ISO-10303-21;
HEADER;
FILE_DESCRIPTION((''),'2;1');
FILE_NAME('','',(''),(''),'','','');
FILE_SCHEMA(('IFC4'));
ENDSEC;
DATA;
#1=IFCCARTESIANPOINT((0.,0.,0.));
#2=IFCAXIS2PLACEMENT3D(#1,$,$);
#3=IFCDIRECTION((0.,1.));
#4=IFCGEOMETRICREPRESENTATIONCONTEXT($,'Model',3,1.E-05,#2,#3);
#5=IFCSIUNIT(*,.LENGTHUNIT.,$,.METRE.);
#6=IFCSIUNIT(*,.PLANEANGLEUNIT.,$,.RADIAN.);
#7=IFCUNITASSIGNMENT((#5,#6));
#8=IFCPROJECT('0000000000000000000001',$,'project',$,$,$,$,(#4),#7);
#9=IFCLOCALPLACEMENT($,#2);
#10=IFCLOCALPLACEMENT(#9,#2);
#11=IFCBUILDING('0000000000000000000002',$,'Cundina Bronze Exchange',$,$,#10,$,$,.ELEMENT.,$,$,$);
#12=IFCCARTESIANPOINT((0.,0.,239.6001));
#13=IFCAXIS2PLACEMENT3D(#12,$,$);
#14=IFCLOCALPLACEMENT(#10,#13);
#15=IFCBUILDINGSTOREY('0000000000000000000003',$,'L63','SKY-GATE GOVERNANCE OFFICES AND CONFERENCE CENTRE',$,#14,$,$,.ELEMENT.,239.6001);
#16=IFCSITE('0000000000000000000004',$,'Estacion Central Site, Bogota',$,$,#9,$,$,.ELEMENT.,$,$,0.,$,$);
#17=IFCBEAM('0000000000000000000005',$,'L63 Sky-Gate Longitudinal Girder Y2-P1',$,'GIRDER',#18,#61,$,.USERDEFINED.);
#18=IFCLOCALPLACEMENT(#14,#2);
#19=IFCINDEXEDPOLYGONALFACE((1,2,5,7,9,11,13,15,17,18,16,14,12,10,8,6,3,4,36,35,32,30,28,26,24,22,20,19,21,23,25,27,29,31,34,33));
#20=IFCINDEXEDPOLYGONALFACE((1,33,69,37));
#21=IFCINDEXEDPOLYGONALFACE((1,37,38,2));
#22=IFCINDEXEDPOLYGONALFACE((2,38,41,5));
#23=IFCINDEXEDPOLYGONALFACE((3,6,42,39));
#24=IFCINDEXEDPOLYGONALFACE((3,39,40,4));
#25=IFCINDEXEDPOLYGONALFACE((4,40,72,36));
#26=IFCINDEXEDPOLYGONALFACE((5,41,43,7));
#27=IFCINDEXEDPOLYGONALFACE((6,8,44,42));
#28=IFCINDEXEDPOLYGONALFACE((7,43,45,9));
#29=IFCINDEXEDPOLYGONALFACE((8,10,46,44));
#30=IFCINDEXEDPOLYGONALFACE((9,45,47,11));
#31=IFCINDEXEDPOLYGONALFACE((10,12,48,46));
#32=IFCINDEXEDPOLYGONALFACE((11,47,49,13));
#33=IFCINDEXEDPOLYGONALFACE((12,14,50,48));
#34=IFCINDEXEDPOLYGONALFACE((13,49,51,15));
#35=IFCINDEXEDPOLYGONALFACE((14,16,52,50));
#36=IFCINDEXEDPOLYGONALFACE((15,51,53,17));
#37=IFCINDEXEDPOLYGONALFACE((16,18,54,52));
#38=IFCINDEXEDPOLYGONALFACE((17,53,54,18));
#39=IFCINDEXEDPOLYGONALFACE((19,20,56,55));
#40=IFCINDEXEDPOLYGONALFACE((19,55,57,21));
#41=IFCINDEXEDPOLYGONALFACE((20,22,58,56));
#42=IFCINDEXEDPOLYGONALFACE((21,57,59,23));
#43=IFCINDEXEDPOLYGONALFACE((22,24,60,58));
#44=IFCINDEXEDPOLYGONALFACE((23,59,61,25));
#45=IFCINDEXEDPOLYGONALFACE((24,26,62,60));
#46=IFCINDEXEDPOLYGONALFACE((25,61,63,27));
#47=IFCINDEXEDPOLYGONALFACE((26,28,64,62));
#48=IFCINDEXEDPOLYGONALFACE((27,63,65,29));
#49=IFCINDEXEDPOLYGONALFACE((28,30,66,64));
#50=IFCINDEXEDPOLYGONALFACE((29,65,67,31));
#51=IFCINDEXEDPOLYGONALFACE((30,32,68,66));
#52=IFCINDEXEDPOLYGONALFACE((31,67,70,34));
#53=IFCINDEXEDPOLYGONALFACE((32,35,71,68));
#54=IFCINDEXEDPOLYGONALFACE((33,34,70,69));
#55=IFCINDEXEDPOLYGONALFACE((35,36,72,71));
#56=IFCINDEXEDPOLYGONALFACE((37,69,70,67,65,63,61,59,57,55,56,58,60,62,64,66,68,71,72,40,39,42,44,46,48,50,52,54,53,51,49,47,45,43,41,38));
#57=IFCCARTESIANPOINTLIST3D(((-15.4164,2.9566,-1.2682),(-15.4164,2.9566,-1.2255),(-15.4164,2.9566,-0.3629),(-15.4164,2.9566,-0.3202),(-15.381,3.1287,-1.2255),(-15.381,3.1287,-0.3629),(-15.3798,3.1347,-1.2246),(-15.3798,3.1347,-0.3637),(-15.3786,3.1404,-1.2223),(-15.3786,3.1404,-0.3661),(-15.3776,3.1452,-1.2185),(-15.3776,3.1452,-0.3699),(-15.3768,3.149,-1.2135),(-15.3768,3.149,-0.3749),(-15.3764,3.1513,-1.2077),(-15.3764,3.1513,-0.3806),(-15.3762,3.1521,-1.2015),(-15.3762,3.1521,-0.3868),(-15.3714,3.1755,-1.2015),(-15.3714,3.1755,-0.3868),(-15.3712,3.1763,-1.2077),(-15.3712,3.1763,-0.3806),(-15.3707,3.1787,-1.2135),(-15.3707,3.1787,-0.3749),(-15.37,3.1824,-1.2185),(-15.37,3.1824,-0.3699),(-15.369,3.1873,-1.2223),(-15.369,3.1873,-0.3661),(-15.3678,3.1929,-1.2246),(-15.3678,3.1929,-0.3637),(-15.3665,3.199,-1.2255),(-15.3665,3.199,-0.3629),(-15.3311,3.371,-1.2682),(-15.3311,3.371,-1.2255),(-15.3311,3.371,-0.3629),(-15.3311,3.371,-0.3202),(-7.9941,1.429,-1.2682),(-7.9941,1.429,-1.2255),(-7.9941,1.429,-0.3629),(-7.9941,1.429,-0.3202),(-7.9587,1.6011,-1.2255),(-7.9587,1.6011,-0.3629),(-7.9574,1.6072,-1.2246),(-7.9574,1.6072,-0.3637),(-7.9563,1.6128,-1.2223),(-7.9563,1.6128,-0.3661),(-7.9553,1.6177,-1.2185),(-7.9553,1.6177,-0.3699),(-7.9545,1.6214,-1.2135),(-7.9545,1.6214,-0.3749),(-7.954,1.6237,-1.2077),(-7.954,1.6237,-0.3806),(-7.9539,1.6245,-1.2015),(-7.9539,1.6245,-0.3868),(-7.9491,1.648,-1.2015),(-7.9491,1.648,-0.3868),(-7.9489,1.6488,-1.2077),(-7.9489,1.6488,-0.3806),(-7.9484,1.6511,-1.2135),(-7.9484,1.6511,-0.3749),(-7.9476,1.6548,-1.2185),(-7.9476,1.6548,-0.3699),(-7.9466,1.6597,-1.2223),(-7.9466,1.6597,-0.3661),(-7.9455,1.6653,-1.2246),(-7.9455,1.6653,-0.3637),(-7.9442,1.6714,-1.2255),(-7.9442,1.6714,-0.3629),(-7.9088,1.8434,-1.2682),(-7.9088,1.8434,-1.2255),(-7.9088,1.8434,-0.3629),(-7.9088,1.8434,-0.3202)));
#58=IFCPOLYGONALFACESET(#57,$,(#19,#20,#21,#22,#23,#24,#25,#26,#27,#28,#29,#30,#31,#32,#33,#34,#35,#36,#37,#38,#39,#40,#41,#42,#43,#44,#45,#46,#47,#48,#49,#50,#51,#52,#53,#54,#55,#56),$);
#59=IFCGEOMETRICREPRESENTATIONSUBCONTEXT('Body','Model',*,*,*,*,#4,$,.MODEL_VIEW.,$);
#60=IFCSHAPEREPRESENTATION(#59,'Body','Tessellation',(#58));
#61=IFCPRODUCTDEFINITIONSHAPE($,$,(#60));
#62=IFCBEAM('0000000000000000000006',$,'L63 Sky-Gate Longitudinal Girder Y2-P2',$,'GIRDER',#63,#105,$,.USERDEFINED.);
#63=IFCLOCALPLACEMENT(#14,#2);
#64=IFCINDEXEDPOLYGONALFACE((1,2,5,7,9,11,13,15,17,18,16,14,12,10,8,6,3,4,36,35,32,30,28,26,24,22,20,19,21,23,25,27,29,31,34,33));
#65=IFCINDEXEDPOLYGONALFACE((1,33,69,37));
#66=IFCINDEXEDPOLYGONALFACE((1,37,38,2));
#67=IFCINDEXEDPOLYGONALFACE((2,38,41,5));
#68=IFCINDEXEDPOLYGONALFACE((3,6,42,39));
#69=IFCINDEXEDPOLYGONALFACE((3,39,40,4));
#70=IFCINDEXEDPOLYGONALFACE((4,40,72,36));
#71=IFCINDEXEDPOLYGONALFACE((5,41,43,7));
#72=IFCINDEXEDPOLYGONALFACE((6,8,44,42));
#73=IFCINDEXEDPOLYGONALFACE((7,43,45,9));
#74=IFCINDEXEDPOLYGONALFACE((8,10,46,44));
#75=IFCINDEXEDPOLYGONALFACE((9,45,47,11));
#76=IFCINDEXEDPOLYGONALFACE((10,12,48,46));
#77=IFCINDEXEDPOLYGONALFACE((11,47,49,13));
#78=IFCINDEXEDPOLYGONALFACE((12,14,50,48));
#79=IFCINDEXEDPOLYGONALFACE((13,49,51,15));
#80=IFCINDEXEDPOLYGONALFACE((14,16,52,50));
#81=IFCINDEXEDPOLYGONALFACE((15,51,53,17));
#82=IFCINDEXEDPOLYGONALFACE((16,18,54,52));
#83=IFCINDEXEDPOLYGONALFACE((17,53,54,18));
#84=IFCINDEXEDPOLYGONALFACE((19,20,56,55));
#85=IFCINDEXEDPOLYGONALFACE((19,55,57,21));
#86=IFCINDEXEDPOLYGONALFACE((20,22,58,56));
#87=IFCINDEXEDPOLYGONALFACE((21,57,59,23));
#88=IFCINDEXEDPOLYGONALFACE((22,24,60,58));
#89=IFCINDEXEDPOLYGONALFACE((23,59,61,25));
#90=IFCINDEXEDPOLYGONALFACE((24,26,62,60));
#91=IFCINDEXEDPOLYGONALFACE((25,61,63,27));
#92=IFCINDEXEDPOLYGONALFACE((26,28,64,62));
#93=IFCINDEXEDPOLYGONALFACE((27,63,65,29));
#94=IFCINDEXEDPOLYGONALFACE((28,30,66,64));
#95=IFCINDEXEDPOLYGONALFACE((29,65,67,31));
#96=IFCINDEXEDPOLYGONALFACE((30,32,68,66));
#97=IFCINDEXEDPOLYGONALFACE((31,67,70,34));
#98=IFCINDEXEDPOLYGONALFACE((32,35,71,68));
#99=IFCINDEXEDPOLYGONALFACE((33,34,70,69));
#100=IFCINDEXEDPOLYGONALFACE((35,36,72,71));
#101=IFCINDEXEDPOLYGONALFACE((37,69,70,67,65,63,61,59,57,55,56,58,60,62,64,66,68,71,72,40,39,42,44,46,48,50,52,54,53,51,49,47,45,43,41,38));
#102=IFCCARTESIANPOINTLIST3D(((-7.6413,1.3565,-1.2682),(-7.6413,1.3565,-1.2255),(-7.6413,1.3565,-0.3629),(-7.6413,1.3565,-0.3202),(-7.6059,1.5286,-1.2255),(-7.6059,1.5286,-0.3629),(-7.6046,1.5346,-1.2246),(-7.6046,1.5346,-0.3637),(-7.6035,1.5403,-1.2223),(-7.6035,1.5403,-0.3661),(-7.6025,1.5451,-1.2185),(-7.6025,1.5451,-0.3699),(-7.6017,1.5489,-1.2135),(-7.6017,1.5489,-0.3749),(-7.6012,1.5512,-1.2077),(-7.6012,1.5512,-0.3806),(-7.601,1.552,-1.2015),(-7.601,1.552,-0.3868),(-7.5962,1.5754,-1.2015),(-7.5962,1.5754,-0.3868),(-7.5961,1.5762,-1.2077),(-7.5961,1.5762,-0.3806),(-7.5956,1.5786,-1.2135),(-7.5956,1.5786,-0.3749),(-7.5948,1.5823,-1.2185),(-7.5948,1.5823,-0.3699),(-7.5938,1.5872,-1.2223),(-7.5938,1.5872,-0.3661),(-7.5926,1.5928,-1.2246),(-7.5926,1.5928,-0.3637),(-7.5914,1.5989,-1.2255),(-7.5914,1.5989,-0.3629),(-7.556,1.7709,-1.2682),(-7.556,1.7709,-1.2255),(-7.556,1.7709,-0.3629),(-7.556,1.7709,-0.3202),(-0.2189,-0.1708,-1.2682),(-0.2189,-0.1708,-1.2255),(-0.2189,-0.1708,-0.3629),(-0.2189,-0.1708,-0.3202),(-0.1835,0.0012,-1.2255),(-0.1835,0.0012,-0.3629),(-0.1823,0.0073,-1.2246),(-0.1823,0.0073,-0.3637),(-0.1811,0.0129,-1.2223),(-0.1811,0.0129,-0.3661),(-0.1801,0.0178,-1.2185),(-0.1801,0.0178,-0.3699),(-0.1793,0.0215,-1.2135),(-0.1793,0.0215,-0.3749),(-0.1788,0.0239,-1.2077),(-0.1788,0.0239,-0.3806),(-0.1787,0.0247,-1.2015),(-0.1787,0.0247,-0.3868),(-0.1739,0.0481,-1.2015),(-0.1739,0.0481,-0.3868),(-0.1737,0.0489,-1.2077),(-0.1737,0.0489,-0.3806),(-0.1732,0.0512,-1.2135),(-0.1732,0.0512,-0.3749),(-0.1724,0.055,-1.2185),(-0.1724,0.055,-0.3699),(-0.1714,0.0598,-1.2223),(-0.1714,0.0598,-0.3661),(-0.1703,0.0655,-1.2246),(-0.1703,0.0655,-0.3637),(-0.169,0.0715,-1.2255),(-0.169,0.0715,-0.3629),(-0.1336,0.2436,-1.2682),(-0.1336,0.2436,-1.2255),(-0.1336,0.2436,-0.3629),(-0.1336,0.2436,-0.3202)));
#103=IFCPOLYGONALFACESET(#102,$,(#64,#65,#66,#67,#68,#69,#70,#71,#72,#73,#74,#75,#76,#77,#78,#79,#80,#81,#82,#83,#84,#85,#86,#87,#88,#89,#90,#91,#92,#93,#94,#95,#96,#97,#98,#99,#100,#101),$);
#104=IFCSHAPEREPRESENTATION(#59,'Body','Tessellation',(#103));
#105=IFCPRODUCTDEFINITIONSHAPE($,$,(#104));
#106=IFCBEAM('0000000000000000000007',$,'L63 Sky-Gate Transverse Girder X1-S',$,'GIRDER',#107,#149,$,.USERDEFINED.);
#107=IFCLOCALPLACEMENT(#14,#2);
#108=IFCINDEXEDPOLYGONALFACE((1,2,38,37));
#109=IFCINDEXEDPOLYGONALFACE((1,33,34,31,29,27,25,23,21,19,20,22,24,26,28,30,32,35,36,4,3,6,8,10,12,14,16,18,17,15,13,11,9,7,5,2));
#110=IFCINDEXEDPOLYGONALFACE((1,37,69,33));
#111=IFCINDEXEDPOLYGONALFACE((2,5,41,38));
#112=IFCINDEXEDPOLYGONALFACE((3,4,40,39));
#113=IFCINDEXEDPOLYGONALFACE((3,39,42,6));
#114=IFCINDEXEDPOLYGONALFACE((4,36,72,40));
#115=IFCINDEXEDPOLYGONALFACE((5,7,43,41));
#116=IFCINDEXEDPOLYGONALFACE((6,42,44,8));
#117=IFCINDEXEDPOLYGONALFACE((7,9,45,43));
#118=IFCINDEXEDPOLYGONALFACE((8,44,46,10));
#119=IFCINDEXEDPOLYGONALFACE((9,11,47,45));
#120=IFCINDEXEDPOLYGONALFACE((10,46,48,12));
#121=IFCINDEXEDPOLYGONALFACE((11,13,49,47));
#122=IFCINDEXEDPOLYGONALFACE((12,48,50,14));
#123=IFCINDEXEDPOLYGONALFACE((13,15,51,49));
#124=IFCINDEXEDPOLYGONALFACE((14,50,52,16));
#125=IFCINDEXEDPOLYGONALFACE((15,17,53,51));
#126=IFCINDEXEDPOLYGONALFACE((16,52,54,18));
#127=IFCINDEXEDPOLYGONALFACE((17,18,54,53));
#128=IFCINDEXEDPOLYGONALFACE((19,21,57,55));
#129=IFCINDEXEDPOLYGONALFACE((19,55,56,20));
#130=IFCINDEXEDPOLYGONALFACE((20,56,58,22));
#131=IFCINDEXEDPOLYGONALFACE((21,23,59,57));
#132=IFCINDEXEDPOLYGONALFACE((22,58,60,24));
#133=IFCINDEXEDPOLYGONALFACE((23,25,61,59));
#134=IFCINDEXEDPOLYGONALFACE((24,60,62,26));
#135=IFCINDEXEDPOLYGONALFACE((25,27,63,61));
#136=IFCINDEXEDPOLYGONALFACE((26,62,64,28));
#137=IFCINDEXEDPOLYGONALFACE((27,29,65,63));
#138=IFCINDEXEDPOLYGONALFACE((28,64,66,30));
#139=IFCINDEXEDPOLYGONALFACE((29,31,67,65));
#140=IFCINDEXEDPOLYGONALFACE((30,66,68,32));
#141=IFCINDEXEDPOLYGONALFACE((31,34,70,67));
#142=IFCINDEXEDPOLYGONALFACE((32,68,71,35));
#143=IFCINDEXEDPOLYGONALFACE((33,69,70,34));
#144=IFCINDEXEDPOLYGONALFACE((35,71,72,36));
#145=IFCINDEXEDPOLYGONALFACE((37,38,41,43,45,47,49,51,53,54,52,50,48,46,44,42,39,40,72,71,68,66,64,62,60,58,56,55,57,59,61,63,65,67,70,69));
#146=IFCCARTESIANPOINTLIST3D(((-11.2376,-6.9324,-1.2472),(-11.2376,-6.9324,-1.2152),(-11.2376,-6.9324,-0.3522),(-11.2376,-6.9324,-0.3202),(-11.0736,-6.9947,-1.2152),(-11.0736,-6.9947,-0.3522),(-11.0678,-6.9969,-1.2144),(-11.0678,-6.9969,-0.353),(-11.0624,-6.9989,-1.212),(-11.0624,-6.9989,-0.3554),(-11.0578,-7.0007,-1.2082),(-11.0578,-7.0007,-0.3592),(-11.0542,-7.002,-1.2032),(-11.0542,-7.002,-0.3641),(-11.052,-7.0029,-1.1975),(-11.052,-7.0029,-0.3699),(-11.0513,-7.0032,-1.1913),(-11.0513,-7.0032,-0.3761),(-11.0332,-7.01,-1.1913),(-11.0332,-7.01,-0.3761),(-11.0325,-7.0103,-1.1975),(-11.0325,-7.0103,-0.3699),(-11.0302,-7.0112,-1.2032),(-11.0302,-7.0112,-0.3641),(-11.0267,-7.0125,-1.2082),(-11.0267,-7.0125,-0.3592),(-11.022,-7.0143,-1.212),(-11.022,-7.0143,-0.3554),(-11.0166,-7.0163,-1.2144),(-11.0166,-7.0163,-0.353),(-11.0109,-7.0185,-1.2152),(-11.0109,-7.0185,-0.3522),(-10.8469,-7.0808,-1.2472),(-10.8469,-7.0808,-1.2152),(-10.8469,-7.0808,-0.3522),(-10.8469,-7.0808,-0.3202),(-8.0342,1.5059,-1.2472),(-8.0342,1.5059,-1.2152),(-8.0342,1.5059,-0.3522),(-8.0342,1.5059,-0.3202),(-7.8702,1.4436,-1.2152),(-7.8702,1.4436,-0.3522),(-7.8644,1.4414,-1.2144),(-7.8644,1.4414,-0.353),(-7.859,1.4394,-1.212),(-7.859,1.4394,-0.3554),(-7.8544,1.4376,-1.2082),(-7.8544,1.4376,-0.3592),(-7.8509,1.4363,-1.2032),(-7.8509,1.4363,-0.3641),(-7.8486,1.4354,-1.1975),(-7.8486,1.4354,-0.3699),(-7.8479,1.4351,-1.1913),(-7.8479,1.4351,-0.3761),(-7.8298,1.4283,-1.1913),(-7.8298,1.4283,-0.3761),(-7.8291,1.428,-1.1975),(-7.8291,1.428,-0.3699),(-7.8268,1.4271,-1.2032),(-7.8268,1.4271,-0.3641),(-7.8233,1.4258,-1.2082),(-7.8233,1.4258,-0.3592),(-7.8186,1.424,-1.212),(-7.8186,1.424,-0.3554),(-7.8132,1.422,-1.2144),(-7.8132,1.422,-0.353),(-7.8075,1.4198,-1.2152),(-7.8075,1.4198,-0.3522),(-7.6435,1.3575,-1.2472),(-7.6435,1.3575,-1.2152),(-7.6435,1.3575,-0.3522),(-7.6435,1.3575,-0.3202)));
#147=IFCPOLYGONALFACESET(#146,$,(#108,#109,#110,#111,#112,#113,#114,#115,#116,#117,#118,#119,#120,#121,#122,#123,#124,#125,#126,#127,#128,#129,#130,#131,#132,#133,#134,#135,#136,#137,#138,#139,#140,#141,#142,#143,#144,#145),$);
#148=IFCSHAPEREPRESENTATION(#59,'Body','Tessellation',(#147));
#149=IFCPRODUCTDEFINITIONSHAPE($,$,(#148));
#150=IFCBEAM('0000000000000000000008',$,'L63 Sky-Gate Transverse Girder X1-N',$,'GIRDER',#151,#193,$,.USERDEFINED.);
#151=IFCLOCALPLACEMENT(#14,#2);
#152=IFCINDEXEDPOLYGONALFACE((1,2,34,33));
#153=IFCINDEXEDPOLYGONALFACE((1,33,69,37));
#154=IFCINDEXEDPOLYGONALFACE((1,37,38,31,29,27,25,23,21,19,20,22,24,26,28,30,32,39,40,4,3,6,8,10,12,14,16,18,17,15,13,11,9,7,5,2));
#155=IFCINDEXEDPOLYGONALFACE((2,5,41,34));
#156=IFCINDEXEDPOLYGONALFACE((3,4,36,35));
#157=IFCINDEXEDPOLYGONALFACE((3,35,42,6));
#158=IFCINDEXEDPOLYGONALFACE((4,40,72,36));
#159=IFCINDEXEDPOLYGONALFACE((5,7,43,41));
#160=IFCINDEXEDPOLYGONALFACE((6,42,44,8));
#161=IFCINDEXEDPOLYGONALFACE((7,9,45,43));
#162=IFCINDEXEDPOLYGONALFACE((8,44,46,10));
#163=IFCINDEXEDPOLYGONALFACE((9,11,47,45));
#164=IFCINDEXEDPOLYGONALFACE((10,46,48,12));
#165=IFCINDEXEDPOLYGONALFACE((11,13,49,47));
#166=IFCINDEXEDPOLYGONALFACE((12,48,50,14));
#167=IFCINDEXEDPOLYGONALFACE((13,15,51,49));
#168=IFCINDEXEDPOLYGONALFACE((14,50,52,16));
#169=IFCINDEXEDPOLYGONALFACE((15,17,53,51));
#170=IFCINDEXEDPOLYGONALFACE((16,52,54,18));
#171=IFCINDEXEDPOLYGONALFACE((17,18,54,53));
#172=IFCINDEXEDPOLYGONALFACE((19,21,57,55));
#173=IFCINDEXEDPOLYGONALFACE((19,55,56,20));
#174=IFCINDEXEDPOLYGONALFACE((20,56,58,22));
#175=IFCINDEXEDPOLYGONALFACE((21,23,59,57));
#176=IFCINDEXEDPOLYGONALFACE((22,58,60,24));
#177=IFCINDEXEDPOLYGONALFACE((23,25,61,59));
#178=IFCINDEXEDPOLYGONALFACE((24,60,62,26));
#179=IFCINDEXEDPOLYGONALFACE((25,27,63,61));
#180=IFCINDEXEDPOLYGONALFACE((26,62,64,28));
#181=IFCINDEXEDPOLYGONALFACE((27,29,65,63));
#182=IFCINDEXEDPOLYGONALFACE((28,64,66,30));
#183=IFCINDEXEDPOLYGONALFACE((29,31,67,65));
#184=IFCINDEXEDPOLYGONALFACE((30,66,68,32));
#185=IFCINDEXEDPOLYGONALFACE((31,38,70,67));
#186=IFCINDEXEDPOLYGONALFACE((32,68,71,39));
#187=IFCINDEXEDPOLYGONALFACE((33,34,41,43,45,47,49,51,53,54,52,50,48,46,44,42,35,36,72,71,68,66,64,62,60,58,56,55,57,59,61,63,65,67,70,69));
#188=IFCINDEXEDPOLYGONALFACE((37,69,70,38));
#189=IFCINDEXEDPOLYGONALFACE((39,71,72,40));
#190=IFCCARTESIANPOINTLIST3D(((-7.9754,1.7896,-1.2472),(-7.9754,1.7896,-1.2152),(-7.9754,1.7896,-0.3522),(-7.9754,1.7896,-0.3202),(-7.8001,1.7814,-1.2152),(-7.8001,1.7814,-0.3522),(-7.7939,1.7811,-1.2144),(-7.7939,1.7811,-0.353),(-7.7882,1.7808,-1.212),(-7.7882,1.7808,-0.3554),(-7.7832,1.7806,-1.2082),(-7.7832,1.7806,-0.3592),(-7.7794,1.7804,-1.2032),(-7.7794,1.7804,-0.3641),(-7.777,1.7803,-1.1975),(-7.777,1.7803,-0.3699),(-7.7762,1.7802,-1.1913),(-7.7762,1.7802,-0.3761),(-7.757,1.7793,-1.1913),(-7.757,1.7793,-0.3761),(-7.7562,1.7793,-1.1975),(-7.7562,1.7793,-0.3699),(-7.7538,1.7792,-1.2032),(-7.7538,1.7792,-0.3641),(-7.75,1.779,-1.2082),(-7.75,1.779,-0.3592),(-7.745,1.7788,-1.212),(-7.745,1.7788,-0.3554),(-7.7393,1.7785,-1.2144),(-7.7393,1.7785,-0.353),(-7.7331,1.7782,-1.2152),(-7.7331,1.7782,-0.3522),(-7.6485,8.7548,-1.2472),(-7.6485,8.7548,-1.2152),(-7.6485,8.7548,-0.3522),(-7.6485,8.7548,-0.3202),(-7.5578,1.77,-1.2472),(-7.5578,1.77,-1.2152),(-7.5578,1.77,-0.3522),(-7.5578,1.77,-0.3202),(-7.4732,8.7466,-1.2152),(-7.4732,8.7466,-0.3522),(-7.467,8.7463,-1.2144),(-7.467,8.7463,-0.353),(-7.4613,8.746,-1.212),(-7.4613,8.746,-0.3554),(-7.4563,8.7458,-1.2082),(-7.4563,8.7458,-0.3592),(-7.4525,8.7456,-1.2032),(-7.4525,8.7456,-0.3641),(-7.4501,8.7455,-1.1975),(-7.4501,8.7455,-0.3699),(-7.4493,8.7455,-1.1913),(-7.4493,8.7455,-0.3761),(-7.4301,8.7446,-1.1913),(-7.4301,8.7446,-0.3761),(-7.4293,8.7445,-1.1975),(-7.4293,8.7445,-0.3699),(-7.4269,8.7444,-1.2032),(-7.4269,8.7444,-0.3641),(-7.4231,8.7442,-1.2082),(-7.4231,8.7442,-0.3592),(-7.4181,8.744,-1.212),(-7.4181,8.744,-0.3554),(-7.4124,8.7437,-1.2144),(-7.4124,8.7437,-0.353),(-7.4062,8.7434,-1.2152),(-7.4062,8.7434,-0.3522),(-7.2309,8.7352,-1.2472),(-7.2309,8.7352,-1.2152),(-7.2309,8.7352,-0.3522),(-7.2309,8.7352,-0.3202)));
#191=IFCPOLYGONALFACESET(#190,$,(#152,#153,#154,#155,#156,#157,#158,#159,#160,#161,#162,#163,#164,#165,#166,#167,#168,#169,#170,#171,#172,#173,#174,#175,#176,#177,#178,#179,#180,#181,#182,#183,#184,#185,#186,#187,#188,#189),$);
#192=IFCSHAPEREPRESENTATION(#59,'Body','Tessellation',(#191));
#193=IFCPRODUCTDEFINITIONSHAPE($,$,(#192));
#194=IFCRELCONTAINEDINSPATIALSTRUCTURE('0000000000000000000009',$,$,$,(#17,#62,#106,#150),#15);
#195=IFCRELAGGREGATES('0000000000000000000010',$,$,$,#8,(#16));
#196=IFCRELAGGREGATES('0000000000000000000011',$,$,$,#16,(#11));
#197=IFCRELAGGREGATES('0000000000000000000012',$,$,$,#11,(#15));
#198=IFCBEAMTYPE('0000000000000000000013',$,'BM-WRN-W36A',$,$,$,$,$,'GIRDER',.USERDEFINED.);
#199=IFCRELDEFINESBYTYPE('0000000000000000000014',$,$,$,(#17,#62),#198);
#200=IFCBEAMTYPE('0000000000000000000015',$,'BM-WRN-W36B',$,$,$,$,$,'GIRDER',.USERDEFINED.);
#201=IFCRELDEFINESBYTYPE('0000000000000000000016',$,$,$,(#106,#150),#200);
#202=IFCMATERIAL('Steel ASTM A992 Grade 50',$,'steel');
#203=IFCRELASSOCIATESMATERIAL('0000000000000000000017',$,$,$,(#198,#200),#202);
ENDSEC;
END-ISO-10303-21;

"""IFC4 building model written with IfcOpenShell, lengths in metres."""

from ifc_helpers import new_model, si_unit, direction, frame, origin, origin_2d, place, context, subcontext, project, spatial, i_section, extrude, material, material_profile, profile_set, type_object, element, save


model = new_model("IFC4")

# Units and contexts
model_context = context("Model", 3, precision=1e-05, world=origin(), true_north=direction((0.0, 1.0)))
body_context = subcontext(model_context, "Body", "Model", "MODEL_VIEW")
ifc_project = project(units=[si_unit("LENGTHUNIT", "METRE"), si_unit("PLANEANGLEUNIT", "RADIAN")], contexts=[model_context])

# Site, building, storey
site_placement = place(None, origin())
site = spatial("IfcSite", under=ifc_project, at=site_placement, Name="Estacion Central Site, Bogota", CompositionType="ELEMENT", RefElevation=0.0)
building_placement = place(site_placement, origin())
building = spatial("IfcBuilding", under=site, at=building_placement, Name="Cundina Bronze Exchange", CompositionType="ELEMENT")
storey_placement = place(building_placement, frame((0.0, 0.0, 239.6001)))
storey = spatial("IfcBuildingStorey", under=building, at=storey_placement, Name="L63", Description="SKY-GATE GOVERNANCE OFFICES AND CONFERENCE CENTRE", CompositionType="ELEMENT", Elevation=239.6001)

# Shared definitions
ifc_material_1 = material(Name="Steel ASTM A992 Grade 50", Category="steel")

# Beams
ifc_material_profile_1 = material_profile(ifc_material_1, i_section(OverallWidth=0.4231, OverallDepth=0.948, WebThickness=0.0239, FlangeThickness=0.0427, FilletRadius=0.0239, at=origin_2d()), Name="W36X302", Category="steel")
ifc_profile_set_1 = profile_set([ifc_material_profile_1], Name="Steel ASTM A992 Grade 50")
beam_type_1 = type_object("IfcBeamType", Name="BM-WRN-W36A", ElementType="GIRDER", PredefinedType="USERDEFINED", material=ifc_profile_set_1)
for number, where, z_axis, x_axis, name in (
    (1, (-15.3738, 3.1638, -0.7942), (0.979471, -0.201584, 0.0), (0.201584, 0.979471, 0.0), "L63 Sky-Gate Longitudinal Girder Y2-P1"),
    (2, (-7.5986, 1.5637, -0.7942), (0.979478, -0.201553, 0.0), (0.201553, 0.979478, 0.0), "L63 Sky-Gate Longitudinal Girder Y2-P2"),
):
    element("IfcBeam", number, at=place(storey_placement, frame(where, z_axis=z_axis, x_axis=x_axis)), inside=storey, type_object=beam_type_1, Name=name, ObjectType="GIRDER", PredefinedType="USERDEFINED", context=body_context, shape_type="SweptSolid", body=[
        extrude(i_section(OverallWidth=0.4231, OverallDepth=0.948, WebThickness=0.0239, FlangeThickness=0.0427, FilletRadius=0.0239, at=origin_2d()), origin(), (0.0, 0.0, 1.0), 7.5779),
    ])
ifc_material_profile_2 = material_profile(ifc_material_1, i_section(OverallWidth=0.418, OverallDepth=0.927, WebThickness=0.0193, FlangeThickness=0.032, FilletRadius=0.0239, at=origin_2d()), Name="W36X231", Category="steel")
ifc_profile_set_2 = profile_set([ifc_material_profile_2], Name="Steel ASTM A992 Grade 50")
beam_type_2 = type_object("IfcBeamType", Name="BM-WRN-W36B", ElementType="GIRDER", PredefinedType="USERDEFINED", material=ifc_profile_set_2)
beam_1_placement = place(storey_placement, frame((-11.0422, -7.0066, -0.7837), z_axis=(0.354912, 0.9349, 0.0), x_axis=(-0.9349, 0.354912, 0.0)))
element("IfcBeam", 3, at=beam_1_placement, inside=storey, type_object=beam_type_2, Name="L63 Sky-Gate Transverse Girder X1-S", ObjectType="GIRDER", PredefinedType="USERDEFINED", context=body_context, shape_type="SweptSolid", body=[
    extrude(i_section(OverallWidth=0.418, OverallDepth=0.927, WebThickness=0.0193, FlangeThickness=0.032, FilletRadius=0.0239, at=origin_2d()), origin(), (0.0, 0.0, 1.0), 9.0259),
])
beam_2_placement = place(storey_placement, frame((-7.7666, 1.7798, -0.7837), z_axis=(0.046881, 0.9989, 0.0), x_axis=(-0.9989, 0.046881, 0.0)))
element("IfcBeam", 4, at=beam_2_placement, inside=storey, type_object=beam_type_2, Name="L63 Sky-Gate Transverse Girder X1-N", ObjectType="GIRDER", PredefinedType="USERDEFINED", context=body_context, shape_type="SweptSolid", body=[
    extrude(i_section(OverallWidth=0.418, OverallDepth=0.927, WebThickness=0.0193, FlangeThickness=0.032, FilletRadius=0.0239, at=origin_2d()), origin(), (0.0, 0.0, 1.0), 6.9729),
])

save(model, "model.ifc")
